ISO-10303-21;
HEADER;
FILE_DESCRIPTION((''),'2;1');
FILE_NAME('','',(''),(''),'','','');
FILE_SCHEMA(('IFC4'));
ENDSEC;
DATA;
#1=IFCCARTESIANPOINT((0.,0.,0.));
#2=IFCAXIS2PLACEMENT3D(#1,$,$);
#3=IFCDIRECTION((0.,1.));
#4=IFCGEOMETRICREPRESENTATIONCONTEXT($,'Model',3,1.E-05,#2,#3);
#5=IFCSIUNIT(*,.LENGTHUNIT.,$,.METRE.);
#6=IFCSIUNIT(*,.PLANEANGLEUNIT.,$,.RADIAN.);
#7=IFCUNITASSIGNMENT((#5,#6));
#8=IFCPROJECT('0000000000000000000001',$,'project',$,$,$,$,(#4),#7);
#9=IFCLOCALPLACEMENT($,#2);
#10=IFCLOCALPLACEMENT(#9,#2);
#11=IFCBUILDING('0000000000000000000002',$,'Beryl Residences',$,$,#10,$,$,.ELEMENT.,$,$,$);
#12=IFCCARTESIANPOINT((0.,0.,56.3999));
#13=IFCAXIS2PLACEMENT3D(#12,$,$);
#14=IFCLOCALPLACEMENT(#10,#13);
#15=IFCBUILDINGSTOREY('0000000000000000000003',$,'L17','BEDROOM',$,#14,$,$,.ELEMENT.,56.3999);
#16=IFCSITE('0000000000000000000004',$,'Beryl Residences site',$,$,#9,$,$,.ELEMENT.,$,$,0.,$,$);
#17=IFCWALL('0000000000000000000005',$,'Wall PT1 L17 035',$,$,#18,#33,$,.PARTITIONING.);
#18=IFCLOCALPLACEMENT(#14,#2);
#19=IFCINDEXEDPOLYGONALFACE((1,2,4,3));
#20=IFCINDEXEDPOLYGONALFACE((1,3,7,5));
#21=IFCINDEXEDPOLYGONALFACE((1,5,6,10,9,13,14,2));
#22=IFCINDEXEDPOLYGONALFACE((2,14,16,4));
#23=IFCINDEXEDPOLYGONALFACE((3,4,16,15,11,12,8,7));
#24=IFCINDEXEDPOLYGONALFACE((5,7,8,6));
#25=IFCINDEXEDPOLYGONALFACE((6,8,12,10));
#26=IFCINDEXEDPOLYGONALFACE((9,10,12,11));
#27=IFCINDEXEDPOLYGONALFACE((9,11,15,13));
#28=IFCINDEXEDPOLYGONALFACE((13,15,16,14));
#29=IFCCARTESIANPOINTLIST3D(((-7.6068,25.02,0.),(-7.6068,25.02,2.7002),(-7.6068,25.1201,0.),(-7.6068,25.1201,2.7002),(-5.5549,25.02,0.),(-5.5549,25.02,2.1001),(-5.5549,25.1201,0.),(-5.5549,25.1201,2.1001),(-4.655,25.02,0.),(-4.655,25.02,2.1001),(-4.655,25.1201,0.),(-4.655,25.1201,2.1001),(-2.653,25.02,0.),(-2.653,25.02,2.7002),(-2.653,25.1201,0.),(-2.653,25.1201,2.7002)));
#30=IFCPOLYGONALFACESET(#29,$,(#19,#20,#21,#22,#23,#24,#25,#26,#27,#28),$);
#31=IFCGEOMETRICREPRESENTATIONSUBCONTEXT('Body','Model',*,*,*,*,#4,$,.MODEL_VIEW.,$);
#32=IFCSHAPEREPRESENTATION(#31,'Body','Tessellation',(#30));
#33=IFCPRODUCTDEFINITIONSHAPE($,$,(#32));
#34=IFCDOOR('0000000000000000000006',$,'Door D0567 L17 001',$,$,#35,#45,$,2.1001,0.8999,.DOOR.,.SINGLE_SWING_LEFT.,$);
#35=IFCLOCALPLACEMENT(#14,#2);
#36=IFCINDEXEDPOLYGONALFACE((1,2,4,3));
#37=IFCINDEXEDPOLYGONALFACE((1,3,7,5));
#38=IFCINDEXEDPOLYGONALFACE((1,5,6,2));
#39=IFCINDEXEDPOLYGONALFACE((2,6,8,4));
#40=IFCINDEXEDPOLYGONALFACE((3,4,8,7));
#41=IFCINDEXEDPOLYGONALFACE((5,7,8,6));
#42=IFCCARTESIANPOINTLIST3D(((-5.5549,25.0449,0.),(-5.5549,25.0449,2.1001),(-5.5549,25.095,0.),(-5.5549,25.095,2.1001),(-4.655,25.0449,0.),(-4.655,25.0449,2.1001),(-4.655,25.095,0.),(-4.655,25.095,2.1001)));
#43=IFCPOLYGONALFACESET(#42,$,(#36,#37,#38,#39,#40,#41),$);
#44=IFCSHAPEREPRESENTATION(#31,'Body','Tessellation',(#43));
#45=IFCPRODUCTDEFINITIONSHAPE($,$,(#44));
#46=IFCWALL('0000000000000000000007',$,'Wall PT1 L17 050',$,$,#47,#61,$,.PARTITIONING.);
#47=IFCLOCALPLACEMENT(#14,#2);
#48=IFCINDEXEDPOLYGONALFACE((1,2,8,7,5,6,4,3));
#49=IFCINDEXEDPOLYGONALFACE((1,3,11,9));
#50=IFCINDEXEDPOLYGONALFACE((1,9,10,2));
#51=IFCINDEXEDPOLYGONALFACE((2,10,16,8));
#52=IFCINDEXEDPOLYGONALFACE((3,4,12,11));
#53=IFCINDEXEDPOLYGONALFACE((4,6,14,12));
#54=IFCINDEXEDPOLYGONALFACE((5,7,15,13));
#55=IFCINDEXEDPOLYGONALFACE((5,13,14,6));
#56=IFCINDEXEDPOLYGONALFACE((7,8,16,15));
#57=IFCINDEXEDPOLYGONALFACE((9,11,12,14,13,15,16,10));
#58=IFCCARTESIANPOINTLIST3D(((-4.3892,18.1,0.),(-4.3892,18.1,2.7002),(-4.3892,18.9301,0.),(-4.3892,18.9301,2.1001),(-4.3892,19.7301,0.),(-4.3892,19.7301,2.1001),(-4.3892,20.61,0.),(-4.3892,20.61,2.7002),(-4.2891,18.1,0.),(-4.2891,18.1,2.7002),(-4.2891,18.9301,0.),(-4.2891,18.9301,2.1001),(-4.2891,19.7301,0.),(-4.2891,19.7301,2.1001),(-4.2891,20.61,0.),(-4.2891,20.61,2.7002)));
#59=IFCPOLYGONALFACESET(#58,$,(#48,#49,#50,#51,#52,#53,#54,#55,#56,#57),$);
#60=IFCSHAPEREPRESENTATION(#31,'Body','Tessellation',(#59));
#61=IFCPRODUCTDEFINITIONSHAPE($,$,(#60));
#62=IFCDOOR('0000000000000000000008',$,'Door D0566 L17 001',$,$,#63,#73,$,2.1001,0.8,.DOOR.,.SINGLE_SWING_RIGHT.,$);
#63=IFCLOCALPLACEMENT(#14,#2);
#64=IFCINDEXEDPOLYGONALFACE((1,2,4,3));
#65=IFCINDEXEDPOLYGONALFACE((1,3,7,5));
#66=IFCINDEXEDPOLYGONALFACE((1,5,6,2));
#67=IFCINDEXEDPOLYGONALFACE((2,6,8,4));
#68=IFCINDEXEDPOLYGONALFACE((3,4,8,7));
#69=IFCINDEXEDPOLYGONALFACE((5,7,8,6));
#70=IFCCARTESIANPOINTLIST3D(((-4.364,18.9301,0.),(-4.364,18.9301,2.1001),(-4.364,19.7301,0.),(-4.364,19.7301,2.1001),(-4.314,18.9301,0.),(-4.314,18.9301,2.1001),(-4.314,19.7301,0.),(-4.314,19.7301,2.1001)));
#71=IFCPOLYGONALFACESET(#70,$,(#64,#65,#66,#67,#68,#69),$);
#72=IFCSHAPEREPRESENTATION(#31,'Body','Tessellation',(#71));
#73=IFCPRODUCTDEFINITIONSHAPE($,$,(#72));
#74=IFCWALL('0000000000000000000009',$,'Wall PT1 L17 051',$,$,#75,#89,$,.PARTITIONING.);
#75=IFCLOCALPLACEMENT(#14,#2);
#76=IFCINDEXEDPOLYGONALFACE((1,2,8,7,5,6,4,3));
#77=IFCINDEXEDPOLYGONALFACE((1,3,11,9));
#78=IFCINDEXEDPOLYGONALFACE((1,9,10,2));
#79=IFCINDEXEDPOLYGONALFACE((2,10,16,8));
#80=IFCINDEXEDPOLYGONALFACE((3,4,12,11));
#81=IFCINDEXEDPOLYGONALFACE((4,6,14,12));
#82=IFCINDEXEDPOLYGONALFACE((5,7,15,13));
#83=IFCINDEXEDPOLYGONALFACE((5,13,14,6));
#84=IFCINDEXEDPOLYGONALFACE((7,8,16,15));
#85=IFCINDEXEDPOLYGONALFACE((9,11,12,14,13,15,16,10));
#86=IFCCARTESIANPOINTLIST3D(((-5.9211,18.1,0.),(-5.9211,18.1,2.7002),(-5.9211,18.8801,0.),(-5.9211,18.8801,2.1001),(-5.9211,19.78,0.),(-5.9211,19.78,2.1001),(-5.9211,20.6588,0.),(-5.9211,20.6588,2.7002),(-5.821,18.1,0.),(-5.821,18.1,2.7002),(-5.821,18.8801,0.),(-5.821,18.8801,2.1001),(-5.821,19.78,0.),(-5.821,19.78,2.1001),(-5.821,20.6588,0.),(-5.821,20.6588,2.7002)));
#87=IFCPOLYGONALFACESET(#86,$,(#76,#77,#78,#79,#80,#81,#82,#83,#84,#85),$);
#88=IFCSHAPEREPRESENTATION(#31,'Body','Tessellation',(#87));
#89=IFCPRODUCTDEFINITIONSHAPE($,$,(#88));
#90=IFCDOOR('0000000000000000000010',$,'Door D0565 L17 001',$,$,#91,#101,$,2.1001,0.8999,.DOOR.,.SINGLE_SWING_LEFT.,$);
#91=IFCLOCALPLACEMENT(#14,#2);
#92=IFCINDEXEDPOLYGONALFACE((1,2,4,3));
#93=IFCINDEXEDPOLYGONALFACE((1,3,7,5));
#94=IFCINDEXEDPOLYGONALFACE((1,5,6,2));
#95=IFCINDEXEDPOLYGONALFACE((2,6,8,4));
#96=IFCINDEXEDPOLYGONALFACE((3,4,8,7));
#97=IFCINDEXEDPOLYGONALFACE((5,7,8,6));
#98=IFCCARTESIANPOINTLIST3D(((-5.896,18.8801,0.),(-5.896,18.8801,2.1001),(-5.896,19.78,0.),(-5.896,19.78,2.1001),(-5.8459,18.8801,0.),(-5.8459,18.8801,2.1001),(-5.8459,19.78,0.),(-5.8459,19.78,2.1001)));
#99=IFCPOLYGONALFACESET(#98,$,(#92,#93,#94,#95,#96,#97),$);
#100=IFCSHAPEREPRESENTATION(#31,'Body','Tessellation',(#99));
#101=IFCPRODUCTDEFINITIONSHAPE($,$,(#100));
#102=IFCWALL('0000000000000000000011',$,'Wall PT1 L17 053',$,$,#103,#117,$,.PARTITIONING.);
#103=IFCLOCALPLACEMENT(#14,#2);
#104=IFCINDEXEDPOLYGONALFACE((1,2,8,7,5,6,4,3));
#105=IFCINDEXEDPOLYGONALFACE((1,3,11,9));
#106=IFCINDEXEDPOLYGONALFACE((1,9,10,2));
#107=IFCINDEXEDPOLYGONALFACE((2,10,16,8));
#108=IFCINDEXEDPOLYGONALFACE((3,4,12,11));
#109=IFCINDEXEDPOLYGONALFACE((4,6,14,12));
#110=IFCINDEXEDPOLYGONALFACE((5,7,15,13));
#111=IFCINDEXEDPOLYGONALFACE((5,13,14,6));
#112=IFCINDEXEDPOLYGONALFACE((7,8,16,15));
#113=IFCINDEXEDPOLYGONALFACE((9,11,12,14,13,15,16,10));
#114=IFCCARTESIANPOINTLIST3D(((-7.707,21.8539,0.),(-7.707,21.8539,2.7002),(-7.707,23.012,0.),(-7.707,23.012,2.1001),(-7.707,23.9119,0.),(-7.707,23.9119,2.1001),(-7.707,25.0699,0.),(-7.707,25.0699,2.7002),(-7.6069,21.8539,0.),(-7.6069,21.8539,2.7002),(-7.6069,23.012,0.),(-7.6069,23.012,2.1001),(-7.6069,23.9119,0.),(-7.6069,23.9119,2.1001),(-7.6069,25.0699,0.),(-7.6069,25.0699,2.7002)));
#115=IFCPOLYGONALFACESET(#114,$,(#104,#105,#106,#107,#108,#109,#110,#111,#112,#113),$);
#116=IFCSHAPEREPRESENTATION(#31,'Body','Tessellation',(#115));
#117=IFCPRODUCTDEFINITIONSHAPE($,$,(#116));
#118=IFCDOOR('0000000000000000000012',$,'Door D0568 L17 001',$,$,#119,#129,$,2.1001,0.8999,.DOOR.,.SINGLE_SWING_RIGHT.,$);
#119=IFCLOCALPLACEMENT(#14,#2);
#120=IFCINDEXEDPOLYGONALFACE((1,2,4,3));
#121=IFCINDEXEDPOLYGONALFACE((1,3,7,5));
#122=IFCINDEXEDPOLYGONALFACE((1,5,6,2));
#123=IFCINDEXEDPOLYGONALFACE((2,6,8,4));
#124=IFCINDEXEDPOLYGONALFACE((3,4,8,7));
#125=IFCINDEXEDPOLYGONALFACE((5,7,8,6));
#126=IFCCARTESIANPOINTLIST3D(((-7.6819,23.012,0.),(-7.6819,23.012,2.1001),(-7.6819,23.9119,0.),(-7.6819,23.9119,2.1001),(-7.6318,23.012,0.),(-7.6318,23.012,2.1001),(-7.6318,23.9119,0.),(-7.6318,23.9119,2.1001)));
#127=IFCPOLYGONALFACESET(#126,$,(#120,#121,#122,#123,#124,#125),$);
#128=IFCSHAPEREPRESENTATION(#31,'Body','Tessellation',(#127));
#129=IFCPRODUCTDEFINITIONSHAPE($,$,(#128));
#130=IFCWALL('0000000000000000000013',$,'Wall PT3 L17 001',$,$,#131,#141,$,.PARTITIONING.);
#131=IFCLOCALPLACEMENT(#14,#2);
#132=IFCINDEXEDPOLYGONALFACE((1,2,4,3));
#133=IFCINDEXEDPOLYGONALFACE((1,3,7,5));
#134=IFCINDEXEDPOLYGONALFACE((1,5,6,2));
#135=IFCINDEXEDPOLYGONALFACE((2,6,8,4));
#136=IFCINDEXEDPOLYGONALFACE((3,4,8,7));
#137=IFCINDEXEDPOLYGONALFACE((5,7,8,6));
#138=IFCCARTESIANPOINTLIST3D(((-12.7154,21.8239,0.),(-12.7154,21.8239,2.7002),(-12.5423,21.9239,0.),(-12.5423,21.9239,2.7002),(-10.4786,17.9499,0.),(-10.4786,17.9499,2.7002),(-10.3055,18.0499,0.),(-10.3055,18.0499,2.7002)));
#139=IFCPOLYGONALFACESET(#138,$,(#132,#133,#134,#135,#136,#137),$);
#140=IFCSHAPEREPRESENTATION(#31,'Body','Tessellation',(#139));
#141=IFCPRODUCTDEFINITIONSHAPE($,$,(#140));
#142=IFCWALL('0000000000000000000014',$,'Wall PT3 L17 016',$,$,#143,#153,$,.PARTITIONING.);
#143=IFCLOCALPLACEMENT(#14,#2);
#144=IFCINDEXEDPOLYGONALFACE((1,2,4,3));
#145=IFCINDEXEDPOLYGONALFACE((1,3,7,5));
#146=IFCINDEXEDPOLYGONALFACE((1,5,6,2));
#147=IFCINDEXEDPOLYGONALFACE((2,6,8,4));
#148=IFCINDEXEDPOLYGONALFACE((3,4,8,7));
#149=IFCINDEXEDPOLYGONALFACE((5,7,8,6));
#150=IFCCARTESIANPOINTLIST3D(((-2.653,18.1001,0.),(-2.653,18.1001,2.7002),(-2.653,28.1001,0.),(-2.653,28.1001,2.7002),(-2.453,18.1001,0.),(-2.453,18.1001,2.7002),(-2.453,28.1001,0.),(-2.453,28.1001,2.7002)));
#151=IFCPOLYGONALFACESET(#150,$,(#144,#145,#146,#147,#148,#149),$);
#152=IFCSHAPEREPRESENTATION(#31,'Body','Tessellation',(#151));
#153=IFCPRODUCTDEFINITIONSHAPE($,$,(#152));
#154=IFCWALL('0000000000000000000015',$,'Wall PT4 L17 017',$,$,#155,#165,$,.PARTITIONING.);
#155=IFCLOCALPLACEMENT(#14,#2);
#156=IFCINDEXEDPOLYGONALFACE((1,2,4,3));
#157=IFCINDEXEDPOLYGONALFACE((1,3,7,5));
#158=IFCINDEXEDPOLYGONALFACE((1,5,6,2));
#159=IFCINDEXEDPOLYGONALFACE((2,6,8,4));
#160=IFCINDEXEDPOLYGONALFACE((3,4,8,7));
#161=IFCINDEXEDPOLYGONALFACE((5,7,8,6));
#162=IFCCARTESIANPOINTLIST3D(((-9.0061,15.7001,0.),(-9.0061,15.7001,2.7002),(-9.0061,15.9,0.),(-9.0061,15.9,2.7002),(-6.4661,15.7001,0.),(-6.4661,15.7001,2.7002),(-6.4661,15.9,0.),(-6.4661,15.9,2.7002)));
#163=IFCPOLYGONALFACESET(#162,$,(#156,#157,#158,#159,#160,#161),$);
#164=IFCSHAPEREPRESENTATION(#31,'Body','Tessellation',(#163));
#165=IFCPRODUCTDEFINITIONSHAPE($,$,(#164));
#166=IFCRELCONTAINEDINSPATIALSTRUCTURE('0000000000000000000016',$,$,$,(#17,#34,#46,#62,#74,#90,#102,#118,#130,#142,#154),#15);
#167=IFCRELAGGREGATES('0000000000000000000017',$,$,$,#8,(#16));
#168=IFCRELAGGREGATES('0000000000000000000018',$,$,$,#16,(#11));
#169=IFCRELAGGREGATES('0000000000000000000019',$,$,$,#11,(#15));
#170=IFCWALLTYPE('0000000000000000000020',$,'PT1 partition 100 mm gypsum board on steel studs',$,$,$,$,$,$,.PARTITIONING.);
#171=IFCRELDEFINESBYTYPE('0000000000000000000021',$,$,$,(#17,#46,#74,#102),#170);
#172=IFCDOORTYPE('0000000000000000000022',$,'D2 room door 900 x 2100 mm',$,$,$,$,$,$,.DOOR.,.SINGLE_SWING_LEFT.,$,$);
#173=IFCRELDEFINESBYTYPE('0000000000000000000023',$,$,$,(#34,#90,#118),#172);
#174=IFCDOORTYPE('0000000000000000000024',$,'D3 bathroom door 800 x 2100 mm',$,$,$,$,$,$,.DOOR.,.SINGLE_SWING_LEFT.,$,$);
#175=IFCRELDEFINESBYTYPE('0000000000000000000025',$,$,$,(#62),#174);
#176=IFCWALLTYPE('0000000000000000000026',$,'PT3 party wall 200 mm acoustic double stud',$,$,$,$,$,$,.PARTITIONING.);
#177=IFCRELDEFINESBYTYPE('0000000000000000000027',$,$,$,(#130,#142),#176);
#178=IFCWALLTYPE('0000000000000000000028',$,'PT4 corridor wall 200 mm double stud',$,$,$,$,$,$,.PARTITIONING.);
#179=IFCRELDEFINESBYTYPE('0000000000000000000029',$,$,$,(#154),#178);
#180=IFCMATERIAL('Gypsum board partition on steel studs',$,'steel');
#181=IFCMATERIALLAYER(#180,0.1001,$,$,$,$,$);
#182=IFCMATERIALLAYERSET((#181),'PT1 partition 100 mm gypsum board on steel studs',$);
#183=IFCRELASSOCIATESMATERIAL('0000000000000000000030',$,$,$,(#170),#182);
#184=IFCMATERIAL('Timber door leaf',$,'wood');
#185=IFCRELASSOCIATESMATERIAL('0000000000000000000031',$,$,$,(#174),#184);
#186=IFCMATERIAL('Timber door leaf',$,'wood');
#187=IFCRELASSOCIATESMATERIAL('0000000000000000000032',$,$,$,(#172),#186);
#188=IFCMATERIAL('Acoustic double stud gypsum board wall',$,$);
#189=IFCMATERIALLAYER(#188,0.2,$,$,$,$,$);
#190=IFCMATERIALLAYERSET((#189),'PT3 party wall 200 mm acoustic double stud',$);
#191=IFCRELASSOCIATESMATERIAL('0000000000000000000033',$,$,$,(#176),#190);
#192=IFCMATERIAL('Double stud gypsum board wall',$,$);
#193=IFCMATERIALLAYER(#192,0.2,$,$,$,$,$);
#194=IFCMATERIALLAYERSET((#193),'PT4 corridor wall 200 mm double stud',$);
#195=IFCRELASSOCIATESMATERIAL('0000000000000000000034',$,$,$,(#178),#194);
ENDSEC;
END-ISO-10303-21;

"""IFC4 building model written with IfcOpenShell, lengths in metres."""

from ifc_helpers import new_model, si_unit, direction, frame, frame_2d, origin, place, context, subcontext, project, spatial, rectangle, extrude, material, layer, layer_set, type_object, element, fill, save


model = new_model("IFC4")

# Units and contexts
model_context = context("Model", 3, precision=1e-05, world=origin(), true_north=direction((0.0, 1.0)))
body_context = subcontext(model_context, "Body", "Model", "MODEL_VIEW")
ifc_project = project(units=[si_unit("LENGTHUNIT", "METRE"), si_unit("PLANEANGLEUNIT", "RADIAN")], contexts=[model_context])

# Site, building, storey
site_placement = place(None, origin())
site = spatial("IfcSite", under=ifc_project, at=site_placement, Name="Beryl Residences site", CompositionType="ELEMENT", RefElevation=0.0)
building_placement = place(site_placement, origin())
building = spatial("IfcBuilding", under=site, at=building_placement, Name="Beryl Residences", CompositionType="ELEMENT")
storey_placement = place(building_placement, frame((0.0, 0.0, 56.3999)))
storey = spatial("IfcBuildingStorey", under=building, at=storey_placement, Name="L17", Description="BEDROOM", CompositionType="ELEMENT", Elevation=56.3999)

# Shared definitions
ifc_material_1 = material(Name="Gypsum board partition on steel studs", Category="steel")
ifc_layer_1 = layer(ifc_material_1, 0.1001)
ifc_layer_set_1 = layer_set([ifc_layer_1], Name="PT1 partition 100 mm gypsum board on steel studs")
wall_type_1 = type_object("IfcWallType", Name="PT1 partition 100 mm gypsum board on steel studs", PredefinedType="PARTITIONING", material=ifc_layer_set_1)

# Walls, openings, doors
ifc_material_2 = material(Name="Timber door leaf", Category="wood")
door_type_1 = type_object("IfcDoorType", Name="D3 bathroom door 800 x 2100 mm", OperationType="SINGLE_SWING_LEFT", PredefinedType="DOOR", material=ifc_material_2)
wall_1_placement = place(storey_placement, frame((-7.6069, 25.0701, 0.0), z_axis=(0.0, 0.0, 1.0), x_axis=(1.0, 0.0, 0.0)))
wall_1 = element("IfcWall", 1, at=wall_1_placement, inside=storey, type_object=wall_type_1, Name="Wall PT1 L17 035", PredefinedType="PARTITIONING", context=body_context, shape_type="SweptSolid", body=[
    extrude(rectangle(XDim=4.9539, YDim=0.1001, at=frame_2d((2.4771, 0.0))), origin(), (0.0, 0.0, 1.0), 2.7002),
])
opening_1_placement = place(wall_1_placement, frame((2.052, 0.0, 0.0)))
opening_1 = element("IfcOpeningElement", 2, at=opening_1_placement, cuts=wall_1, PredefinedType="OPENING", context=body_context, shape_type="SweptSolid", body=[
    extrude(rectangle(XDim=0.8999, YDim=2.1001, at=frame_2d((0.45, 1.05))), frame((0.0, 0.0601, 0.0), z_axis=(0.0, -1.0, 0.0), x_axis=(1.0, 0.0, 0.0)), (0.0, 0.0, 1.0), 0.1201),
])
ifc_material_3 = material(Name="Timber door leaf", Category="wood")
door_type_2 = type_object("IfcDoorType", Name="D2 room door 900 x 2100 mm", OperationType="SINGLE_SWING_LEFT", PredefinedType="DOOR", material=ifc_material_3)
door_1_placement = place(opening_1_placement, origin())
door_1 = element("IfcDoor", 3, at=door_1_placement, inside=storey, type_object=door_type_2, Name="Door D0567 L17 001", OperationType="SINGLE_SWING_LEFT", OverallHeight=2.1001, OverallWidth=0.8999, PredefinedType="DOOR", context=body_context, shape_type="SweptSolid", body=[
    extrude(rectangle(XDim=0.8999, YDim=2.1001, at=frame_2d((0.45, 1.05))), frame((0.0, 0.0249, 0.0), z_axis=(0.0, -1.0, 0.0), x_axis=(1.0, 0.0, 0.0)), (0.0, 0.0, 1.0), 0.05),
])
fill(opening_1, door_1)
wall_2_placement = place(storey_placement, frame((-4.3391, 18.1001, 0.0), z_axis=(0.0, 0.0, 1.0), x_axis=(0.0, 1.0, 0.0)))
wall_2 = element("IfcWall", 4, at=wall_2_placement, inside=storey, type_object=wall_type_1, Name="Wall PT1 L17 050", PredefinedType="PARTITIONING", context=body_context, shape_type="SweptSolid", body=[
    extrude(rectangle(XDim=2.51, YDim=0.1001, at=frame_2d((1.2549, 0.0))), origin(), (0.0, 0.0, 1.0), 2.7002),
])
opening_2_placement = place(wall_2_placement, frame((0.8301, 0.0, 0.0)))
opening_2 = element("IfcOpeningElement", 5, at=opening_2_placement, cuts=wall_2, PredefinedType="OPENING", context=body_context, shape_type="SweptSolid", body=[
    extrude(rectangle(XDim=0.8, YDim=2.1001, at=frame_2d((0.3999, 1.05))), frame((0.0, 0.0601, 0.0), z_axis=(0.0, -1.0, 0.0), x_axis=(1.0, 0.0, 0.0)), (0.0, 0.0, 1.0), 0.1201),
])
door_2_placement = place(opening_2_placement, origin())
door_2 = element("IfcDoor", 6, at=door_2_placement, inside=storey, type_object=door_type_1, Name="Door D0566 L17 001", OperationType="SINGLE_SWING_RIGHT", OverallHeight=2.1001, OverallWidth=0.8, PredefinedType="DOOR", context=body_context, shape_type="SweptSolid", body=[
    extrude(rectangle(XDim=0.8, YDim=2.1001, at=frame_2d((0.3999, 1.05))), frame((0.0, 0.0249, 0.0), z_axis=(0.0, -1.0, 0.0), x_axis=(1.0, 0.0, 0.0)), (0.0, 0.0, 1.0), 0.05),
])
fill(opening_2, door_2)
wall_3_placement = place(storey_placement, frame((-5.8711, 18.1001, 0.0), z_axis=(0.0, 0.0, 1.0), x_axis=(0.0, 1.0, 0.0)))
wall_3 = element("IfcWall", 7, at=wall_3_placement, inside=storey, type_object=wall_type_1, Name="Wall PT1 L17 051", PredefinedType="PARTITIONING", context=body_context, shape_type="SweptSolid", body=[
    extrude(rectangle(XDim=2.5588, YDim=0.1001, at=frame_2d((1.2793, 0.0))), origin(), (0.0, 0.0, 1.0), 2.7002),
])
opening_3_placement = place(wall_3_placement, frame((0.78, 0.0, 0.0)))
opening_3 = element("IfcOpeningElement", 8, at=opening_3_placement, cuts=wall_3, PredefinedType="OPENING", context=body_context, shape_type="SweptSolid", body=[
    extrude(rectangle(XDim=0.8999, YDim=2.1001, at=frame_2d((0.45, 1.05))), frame((0.0, 0.0601, 0.0), z_axis=(0.0, -1.0, 0.0), x_axis=(1.0, 0.0, 0.0)), (0.0, 0.0, 1.0), 0.1201),
])
door_3_placement = place(opening_3_placement, origin())
door_3 = element("IfcDoor", 9, at=door_3_placement, inside=storey, type_object=door_type_2, Name="Door D0565 L17 001", OperationType="SINGLE_SWING_LEFT", OverallHeight=2.1001, OverallWidth=0.8999, PredefinedType="DOOR", context=body_context, shape_type="SweptSolid", body=[
    extrude(rectangle(XDim=0.8999, YDim=2.1001, at=frame_2d((0.45, 1.05))), frame((0.0, 0.0249, 0.0), z_axis=(0.0, -1.0, 0.0), x_axis=(1.0, 0.0, 0.0)), (0.0, 0.0, 1.0), 0.05),
])
fill(opening_3, door_3)
wall_4_placement = place(storey_placement, frame((-7.657, 21.854, 0.0), z_axis=(0.0, 0.0, 1.0), x_axis=(0.0, 1.0, 0.0)))
wall_4 = element("IfcWall", 10, at=wall_4_placement, inside=storey, type_object=wall_type_1, Name="Wall PT1 L17 053", PredefinedType="PARTITIONING", context=body_context, shape_type="SweptSolid", body=[
    extrude(rectangle(XDim=3.2161, YDim=0.1001, at=frame_2d((1.6079, 0.0))), origin(), (0.0, 0.0, 1.0), 2.7002),
])
opening_4_placement = place(wall_4_placement, frame((1.158, 0.0, 0.0)))
opening_4 = element("IfcOpeningElement", 11, at=opening_4_placement, cuts=wall_4, PredefinedType="OPENING", context=body_context, shape_type="SweptSolid", body=[
    extrude(rectangle(XDim=0.8999, YDim=2.1001, at=frame_2d((0.45, 1.05))), frame((0.0, 0.0601, 0.0), z_axis=(0.0, -1.0, 0.0), x_axis=(1.0, 0.0, 0.0)), (0.0, 0.0, 1.0), 0.1201),
])
door_4_placement = place(opening_4_placement, origin())
door_4 = element("IfcDoor", 12, at=door_4_placement, inside=storey, type_object=door_type_2, Name="Door D0568 L17 001", OperationType="SINGLE_SWING_RIGHT", OverallHeight=2.1001, OverallWidth=0.8999, PredefinedType="DOOR", context=body_context, shape_type="SweptSolid", body=[
    extrude(rectangle(XDim=0.8999, YDim=2.1001, at=frame_2d((0.45, 1.05))), frame((0.0, 0.0249, 0.0), z_axis=(0.0, -1.0, 0.0), x_axis=(1.0, 0.0, 0.0)), (0.0, 0.0, 1.0), 0.05),
])
fill(opening_4, door_4)

# Walls
ifc_material_4 = material(Name="Acoustic double stud gypsum board wall")
ifc_layer_2 = layer(ifc_material_4, 0.2)
ifc_layer_set_2 = layer_set([ifc_layer_2], Name="PT3 party wall 200 mm acoustic double stud")
wall_type_2 = type_object("IfcWallType", Name="PT3 party wall 200 mm acoustic double stud", PredefinedType="PARTITIONING", material=ifc_layer_set_2)
wall_5_placement = place(storey_placement, frame((-12.6289, 21.874, 0.0), z_axis=(0.0, 0.0, 1.0), x_axis=(0.500025, -0.866011, 0.0)))
element("IfcWall", 13, at=wall_5_placement, inside=storey, type_object=wall_type_2, Name="Wall PT3 L17 001", PredefinedType="PARTITIONING", context=body_context, shape_type="SweptSolid", body=[
    extrude(rectangle(XDim=4.4734, YDim=0.2, at=frame_2d((2.2368, 0.0))), origin(), (0.0, 0.0, 1.0), 2.7002),
])
wall_6_placement = place(storey_placement, frame((-2.553, 18.1001, 0.0), z_axis=(0.0, 0.0, 1.0), x_axis=(0.0, 1.0, 0.0)))
element("IfcWall", 14, at=wall_6_placement, inside=storey, type_object=wall_type_2, Name="Wall PT3 L17 016", PredefinedType="PARTITIONING", context=body_context, shape_type="SweptSolid", body=[
    extrude(rectangle(XDim=10.0, YDim=0.2, at=frame_2d((5.0, 0.0))), origin(), (0.0, 0.0, 1.0), 2.7002),
])
ifc_material_5 = material(Name="Double stud gypsum board wall")
ifc_layer_3 = layer(ifc_material_5, 0.2)
ifc_layer_set_3 = layer_set([ifc_layer_3], Name="PT4 corridor wall 200 mm double stud")
wall_type_3 = type_object("IfcWallType", Name="PT4 corridor wall 200 mm double stud", PredefinedType="PARTITIONING", material=ifc_layer_set_3)
wall_7_placement = place(storey_placement, frame((-9.0061, 15.8, 0.0), z_axis=(0.0, 0.0, 1.0), x_axis=(1.0, 0.0, 0.0)))
element("IfcWall", 15, at=wall_7_placement, inside=storey, type_object=wall_type_3, Name="Wall PT4 L17 017", PredefinedType="PARTITIONING", context=body_context, shape_type="SweptSolid", body=[
    extrude(rectangle(XDim=2.54, YDim=0.2, at=frame_2d((1.27, 0.0))), origin(), (0.0, 0.0, 1.0), 2.7002),
])

save(model, "model.ifc")
